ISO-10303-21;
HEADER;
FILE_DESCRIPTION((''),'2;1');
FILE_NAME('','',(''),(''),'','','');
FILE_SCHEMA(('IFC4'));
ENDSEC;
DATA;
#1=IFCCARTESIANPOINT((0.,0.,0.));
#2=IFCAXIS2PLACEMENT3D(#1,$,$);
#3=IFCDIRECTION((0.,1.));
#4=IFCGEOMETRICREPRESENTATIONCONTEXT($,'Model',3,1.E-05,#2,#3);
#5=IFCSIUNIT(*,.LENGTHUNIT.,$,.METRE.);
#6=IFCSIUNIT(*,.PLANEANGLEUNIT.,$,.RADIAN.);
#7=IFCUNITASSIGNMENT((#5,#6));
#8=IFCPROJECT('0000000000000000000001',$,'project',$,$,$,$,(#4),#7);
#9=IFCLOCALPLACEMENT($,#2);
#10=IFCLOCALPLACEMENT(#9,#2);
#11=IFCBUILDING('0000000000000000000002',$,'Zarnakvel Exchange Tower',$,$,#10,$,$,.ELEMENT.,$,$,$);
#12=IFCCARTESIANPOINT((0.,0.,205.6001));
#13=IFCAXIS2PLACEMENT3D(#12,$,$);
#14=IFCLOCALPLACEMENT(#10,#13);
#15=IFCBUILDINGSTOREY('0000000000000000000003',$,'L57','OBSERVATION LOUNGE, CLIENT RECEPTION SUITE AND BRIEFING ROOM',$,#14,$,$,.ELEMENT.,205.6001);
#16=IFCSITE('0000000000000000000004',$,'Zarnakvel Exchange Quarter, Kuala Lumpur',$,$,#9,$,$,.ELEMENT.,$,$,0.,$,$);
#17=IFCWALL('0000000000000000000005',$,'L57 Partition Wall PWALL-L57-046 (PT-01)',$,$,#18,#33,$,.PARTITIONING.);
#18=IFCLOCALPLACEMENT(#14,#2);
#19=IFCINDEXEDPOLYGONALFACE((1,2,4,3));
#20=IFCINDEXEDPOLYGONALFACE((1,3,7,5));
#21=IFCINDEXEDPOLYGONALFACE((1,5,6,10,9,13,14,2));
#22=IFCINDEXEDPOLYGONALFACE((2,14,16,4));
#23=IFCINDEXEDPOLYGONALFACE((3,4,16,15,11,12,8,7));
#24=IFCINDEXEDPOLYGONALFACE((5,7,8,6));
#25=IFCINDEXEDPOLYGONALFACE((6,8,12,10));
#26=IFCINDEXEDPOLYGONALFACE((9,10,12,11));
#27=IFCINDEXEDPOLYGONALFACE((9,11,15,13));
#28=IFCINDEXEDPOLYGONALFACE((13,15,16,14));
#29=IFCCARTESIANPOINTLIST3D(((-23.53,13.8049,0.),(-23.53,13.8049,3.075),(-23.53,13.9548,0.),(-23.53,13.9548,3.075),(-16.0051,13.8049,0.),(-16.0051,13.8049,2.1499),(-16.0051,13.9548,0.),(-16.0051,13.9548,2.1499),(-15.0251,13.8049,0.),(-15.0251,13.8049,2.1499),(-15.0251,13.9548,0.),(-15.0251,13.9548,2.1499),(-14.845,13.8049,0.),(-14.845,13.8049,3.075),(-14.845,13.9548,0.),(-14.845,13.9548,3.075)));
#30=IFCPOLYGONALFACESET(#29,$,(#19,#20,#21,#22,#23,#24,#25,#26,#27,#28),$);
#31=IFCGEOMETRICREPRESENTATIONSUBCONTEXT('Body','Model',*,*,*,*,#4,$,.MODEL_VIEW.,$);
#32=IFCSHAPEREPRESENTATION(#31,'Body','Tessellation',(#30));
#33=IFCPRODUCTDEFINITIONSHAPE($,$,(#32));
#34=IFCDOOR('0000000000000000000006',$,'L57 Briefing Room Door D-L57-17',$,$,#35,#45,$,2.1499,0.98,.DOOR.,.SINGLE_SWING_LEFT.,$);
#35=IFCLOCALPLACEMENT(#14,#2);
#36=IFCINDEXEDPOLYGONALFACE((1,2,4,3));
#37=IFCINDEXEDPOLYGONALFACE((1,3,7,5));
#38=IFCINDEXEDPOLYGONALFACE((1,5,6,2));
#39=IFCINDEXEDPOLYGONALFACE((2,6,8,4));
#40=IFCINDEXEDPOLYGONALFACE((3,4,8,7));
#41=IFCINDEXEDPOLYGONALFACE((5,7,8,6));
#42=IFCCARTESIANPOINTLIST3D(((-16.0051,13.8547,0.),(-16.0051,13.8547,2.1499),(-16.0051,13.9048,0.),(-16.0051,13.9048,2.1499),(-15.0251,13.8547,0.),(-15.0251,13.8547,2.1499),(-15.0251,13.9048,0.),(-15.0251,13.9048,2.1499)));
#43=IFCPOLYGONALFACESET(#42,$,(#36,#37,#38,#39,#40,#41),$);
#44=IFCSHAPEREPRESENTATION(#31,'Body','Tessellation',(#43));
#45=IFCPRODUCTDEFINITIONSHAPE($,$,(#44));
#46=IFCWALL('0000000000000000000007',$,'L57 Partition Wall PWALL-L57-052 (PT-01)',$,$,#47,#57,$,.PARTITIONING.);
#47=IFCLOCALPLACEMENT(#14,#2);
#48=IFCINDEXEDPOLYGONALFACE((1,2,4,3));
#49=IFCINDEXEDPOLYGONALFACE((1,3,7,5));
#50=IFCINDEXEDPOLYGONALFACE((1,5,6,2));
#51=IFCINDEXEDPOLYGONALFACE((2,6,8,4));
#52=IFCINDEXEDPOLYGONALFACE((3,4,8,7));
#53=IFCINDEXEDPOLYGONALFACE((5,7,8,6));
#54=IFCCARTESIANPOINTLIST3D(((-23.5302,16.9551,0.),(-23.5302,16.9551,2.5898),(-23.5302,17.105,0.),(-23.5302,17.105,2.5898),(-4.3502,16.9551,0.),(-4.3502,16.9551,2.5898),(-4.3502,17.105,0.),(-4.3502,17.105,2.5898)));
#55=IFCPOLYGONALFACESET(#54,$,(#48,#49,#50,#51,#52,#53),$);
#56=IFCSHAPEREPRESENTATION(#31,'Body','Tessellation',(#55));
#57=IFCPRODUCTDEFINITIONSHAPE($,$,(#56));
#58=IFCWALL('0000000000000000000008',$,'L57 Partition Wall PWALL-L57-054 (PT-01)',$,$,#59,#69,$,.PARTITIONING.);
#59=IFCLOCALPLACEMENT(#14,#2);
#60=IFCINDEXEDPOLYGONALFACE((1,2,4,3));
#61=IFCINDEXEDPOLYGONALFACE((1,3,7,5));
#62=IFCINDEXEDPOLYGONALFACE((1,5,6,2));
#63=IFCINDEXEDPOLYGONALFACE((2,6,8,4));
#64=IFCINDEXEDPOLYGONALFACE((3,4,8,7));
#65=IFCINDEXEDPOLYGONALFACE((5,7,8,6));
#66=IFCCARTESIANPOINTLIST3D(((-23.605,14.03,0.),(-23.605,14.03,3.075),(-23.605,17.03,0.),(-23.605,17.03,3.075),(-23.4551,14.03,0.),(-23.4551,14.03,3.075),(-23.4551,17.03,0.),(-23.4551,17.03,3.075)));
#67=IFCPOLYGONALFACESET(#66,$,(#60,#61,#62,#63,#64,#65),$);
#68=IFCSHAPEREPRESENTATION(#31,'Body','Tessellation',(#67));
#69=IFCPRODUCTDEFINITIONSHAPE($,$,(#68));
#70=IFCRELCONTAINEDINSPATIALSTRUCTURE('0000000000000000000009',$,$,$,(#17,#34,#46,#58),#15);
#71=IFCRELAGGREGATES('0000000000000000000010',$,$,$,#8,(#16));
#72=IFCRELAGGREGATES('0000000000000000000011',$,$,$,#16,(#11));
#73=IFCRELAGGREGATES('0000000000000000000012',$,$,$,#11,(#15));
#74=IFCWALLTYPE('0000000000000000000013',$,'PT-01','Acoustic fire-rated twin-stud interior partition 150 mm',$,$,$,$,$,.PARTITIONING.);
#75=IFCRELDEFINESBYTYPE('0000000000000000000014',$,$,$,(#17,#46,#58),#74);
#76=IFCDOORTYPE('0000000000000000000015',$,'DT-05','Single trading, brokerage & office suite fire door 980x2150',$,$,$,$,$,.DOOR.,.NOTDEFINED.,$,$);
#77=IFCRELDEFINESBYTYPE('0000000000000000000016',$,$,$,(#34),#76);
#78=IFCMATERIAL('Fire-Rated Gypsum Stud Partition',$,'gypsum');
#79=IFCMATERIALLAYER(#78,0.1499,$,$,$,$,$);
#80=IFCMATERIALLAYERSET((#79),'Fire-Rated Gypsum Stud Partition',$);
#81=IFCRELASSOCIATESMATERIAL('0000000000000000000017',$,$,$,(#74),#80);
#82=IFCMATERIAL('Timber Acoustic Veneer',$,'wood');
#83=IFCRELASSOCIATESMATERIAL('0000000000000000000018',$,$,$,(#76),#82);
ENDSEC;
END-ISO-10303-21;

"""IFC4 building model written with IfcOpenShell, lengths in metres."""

from ifc_helpers import new_model, si_unit, direction, frame, frame_2d, origin, place, context, subcontext, project, spatial, rectangle, extrude, source, transform, mapped, material, layer, layer_set, type_object, element, fill, save


model = new_model("IFC4")

# Units and contexts
model_context = context("Model", 3, precision=1e-05, world=origin(), true_north=direction((0.0, 1.0)))
body_context = subcontext(model_context, "Body", "Model", "MODEL_VIEW")
ifc_project = project(units=[si_unit("LENGTHUNIT", "METRE"), si_unit("PLANEANGLEUNIT", "RADIAN")], contexts=[model_context])

# Site, building, storey
site_placement = place(None, origin())
site = spatial("IfcSite", under=ifc_project, at=site_placement, Name="Zarnakvel Exchange Quarter, Kuala Lumpur", CompositionType="ELEMENT", RefElevation=0.0)
building_placement = place(site_placement, origin())
building = spatial("IfcBuilding", under=site, at=building_placement, Name="Zarnakvel Exchange Tower", CompositionType="ELEMENT")
storey_placement = place(building_placement, frame((0.0, 0.0, 205.6001)))
storey = spatial("IfcBuildingStorey", under=building, at=storey_placement, Name="L57", Description="OBSERVATION LOUNGE, CLIENT RECEPTION SUITE AND BRIEFING ROOM", CompositionType="ELEMENT", Elevation=205.6001)

# Wall, opening, door
ifc_material_1 = material(Name="Fire-Rated Gypsum Stud Partition", Category="gypsum")
ifc_layer_1 = layer(ifc_material_1, 0.1499)
ifc_layer_set_1 = layer_set([ifc_layer_1], Name="Fire-Rated Gypsum Stud Partition")
wall_type_1 = type_object("IfcWallType", Name="PT-01", Description="Acoustic fire-rated twin-stud interior partition 150 mm", PredefinedType="PARTITIONING", material=ifc_layer_set_1)
wall_1_placement = place(storey_placement, frame((-23.53, 13.8799, 0.0), z_axis=(0.0, 0.0, 1.0), x_axis=(1.0, 0.0, 0.0)))
wall_1 = element("IfcWall", 1, at=wall_1_placement, inside=storey, type_object=wall_type_1, Name="L57 Partition Wall PWALL-L57-046 (PT-01)", PredefinedType="PARTITIONING", context=body_context, shape_type="SweptSolid", body=[
    extrude(rectangle(XDim=8.6851, YDim=0.1499, at=frame_2d((4.3425, 0.0))), origin(), (0.0, 0.0, 1.0), 3.075),
])
opening_placement = place(wall_1_placement, frame((7.5249, 0.0, 0.0)))
opening = element("IfcOpeningElement", 2, at=opening_placement, cuts=wall_1, PredefinedType="OPENING", context=body_context, shape_type="SweptSolid", body=[
    extrude(rectangle(XDim=0.98, YDim=2.1499, at=frame_2d((0.49, 1.075))), frame((0.0, 0.085, 0.0), z_axis=(0.0, -1.0, 0.0), x_axis=(1.0, 0.0, 0.0)), (0.0, 0.0, 1.0), 0.1699),
])
ifc_material_2 = material(Name="Timber Acoustic Veneer", Category="wood")
door_type = type_object("IfcDoorType", Name="DT-05", Description="Single trading, brokerage & office suite fire door 980x2150", OperationType="NOTDEFINED", PredefinedType="DOOR", material=ifc_material_2)
shared_shape_1 = source(origin(), body_context, "Body", "SweptSolid", [
    extrude(rectangle(XDim=0.98, YDim=2.1499, at=frame_2d((0.49, 1.075))), frame((0.0, 0.0249, 0.0), z_axis=(0.0, -1.0, 0.0), x_axis=(1.0, 0.0, 0.0)), (0.0, 0.0, 1.0), 0.05),
])
door_placement = place(opening_placement, origin())
door = element("IfcDoor", 3, at=door_placement, inside=storey, type_object=door_type, Name="L57 Briefing Room Door D-L57-17", OperationType="SINGLE_SWING_LEFT", OverallHeight=2.1499, OverallWidth=0.98, PredefinedType="DOOR", context=body_context, shape_type="MappedRepresentation", body=[
    mapped(shared_shape_1, transform((0.0, 0.0, 0.0), x_axis=(1.0, 0.0, 0.0), y_axis=(0.0, 1.0, 0.0), z_axis=(0.0, 0.0, 1.0), scale=1.0)),
])
fill(opening, door)

# Walls
wall_2_placement = place(storey_placement, frame((-23.53, 17.03, 0.0), z_axis=(0.0, 0.0, 1.0), x_axis=(1.0, 0.0, 0.0)))
element("IfcWall", 4, at=wall_2_placement, inside=storey, type_object=wall_type_1, Name="L57 Partition Wall PWALL-L57-052 (PT-01)", PredefinedType="PARTITIONING", context=body_context, shape_type="SweptSolid", body=[
    extrude(rectangle(XDim=19.1799, YDim=0.1499, at=frame_2d((9.5898, 0.0))), origin(), (0.0, 0.0, 1.0), 2.5898),
])
wall_3_placement = place(storey_placement, frame((-23.53, 14.03, 0.0), z_axis=(0.0, 0.0, 1.0), x_axis=(0.0, 1.0, 0.0)))
element("IfcWall", 5, at=wall_3_placement, inside=storey, type_object=wall_type_1, Name="L57 Partition Wall PWALL-L57-054 (PT-01)", PredefinedType="PARTITIONING", context=body_context, shape_type="SweptSolid", body=[
    extrude(rectangle(XDim=3.0, YDim=0.1499, at=frame_2d((1.5, 0.0))), origin(), (0.0, 0.0, 1.0), 3.075),
])

save(model, "model.ifc")
